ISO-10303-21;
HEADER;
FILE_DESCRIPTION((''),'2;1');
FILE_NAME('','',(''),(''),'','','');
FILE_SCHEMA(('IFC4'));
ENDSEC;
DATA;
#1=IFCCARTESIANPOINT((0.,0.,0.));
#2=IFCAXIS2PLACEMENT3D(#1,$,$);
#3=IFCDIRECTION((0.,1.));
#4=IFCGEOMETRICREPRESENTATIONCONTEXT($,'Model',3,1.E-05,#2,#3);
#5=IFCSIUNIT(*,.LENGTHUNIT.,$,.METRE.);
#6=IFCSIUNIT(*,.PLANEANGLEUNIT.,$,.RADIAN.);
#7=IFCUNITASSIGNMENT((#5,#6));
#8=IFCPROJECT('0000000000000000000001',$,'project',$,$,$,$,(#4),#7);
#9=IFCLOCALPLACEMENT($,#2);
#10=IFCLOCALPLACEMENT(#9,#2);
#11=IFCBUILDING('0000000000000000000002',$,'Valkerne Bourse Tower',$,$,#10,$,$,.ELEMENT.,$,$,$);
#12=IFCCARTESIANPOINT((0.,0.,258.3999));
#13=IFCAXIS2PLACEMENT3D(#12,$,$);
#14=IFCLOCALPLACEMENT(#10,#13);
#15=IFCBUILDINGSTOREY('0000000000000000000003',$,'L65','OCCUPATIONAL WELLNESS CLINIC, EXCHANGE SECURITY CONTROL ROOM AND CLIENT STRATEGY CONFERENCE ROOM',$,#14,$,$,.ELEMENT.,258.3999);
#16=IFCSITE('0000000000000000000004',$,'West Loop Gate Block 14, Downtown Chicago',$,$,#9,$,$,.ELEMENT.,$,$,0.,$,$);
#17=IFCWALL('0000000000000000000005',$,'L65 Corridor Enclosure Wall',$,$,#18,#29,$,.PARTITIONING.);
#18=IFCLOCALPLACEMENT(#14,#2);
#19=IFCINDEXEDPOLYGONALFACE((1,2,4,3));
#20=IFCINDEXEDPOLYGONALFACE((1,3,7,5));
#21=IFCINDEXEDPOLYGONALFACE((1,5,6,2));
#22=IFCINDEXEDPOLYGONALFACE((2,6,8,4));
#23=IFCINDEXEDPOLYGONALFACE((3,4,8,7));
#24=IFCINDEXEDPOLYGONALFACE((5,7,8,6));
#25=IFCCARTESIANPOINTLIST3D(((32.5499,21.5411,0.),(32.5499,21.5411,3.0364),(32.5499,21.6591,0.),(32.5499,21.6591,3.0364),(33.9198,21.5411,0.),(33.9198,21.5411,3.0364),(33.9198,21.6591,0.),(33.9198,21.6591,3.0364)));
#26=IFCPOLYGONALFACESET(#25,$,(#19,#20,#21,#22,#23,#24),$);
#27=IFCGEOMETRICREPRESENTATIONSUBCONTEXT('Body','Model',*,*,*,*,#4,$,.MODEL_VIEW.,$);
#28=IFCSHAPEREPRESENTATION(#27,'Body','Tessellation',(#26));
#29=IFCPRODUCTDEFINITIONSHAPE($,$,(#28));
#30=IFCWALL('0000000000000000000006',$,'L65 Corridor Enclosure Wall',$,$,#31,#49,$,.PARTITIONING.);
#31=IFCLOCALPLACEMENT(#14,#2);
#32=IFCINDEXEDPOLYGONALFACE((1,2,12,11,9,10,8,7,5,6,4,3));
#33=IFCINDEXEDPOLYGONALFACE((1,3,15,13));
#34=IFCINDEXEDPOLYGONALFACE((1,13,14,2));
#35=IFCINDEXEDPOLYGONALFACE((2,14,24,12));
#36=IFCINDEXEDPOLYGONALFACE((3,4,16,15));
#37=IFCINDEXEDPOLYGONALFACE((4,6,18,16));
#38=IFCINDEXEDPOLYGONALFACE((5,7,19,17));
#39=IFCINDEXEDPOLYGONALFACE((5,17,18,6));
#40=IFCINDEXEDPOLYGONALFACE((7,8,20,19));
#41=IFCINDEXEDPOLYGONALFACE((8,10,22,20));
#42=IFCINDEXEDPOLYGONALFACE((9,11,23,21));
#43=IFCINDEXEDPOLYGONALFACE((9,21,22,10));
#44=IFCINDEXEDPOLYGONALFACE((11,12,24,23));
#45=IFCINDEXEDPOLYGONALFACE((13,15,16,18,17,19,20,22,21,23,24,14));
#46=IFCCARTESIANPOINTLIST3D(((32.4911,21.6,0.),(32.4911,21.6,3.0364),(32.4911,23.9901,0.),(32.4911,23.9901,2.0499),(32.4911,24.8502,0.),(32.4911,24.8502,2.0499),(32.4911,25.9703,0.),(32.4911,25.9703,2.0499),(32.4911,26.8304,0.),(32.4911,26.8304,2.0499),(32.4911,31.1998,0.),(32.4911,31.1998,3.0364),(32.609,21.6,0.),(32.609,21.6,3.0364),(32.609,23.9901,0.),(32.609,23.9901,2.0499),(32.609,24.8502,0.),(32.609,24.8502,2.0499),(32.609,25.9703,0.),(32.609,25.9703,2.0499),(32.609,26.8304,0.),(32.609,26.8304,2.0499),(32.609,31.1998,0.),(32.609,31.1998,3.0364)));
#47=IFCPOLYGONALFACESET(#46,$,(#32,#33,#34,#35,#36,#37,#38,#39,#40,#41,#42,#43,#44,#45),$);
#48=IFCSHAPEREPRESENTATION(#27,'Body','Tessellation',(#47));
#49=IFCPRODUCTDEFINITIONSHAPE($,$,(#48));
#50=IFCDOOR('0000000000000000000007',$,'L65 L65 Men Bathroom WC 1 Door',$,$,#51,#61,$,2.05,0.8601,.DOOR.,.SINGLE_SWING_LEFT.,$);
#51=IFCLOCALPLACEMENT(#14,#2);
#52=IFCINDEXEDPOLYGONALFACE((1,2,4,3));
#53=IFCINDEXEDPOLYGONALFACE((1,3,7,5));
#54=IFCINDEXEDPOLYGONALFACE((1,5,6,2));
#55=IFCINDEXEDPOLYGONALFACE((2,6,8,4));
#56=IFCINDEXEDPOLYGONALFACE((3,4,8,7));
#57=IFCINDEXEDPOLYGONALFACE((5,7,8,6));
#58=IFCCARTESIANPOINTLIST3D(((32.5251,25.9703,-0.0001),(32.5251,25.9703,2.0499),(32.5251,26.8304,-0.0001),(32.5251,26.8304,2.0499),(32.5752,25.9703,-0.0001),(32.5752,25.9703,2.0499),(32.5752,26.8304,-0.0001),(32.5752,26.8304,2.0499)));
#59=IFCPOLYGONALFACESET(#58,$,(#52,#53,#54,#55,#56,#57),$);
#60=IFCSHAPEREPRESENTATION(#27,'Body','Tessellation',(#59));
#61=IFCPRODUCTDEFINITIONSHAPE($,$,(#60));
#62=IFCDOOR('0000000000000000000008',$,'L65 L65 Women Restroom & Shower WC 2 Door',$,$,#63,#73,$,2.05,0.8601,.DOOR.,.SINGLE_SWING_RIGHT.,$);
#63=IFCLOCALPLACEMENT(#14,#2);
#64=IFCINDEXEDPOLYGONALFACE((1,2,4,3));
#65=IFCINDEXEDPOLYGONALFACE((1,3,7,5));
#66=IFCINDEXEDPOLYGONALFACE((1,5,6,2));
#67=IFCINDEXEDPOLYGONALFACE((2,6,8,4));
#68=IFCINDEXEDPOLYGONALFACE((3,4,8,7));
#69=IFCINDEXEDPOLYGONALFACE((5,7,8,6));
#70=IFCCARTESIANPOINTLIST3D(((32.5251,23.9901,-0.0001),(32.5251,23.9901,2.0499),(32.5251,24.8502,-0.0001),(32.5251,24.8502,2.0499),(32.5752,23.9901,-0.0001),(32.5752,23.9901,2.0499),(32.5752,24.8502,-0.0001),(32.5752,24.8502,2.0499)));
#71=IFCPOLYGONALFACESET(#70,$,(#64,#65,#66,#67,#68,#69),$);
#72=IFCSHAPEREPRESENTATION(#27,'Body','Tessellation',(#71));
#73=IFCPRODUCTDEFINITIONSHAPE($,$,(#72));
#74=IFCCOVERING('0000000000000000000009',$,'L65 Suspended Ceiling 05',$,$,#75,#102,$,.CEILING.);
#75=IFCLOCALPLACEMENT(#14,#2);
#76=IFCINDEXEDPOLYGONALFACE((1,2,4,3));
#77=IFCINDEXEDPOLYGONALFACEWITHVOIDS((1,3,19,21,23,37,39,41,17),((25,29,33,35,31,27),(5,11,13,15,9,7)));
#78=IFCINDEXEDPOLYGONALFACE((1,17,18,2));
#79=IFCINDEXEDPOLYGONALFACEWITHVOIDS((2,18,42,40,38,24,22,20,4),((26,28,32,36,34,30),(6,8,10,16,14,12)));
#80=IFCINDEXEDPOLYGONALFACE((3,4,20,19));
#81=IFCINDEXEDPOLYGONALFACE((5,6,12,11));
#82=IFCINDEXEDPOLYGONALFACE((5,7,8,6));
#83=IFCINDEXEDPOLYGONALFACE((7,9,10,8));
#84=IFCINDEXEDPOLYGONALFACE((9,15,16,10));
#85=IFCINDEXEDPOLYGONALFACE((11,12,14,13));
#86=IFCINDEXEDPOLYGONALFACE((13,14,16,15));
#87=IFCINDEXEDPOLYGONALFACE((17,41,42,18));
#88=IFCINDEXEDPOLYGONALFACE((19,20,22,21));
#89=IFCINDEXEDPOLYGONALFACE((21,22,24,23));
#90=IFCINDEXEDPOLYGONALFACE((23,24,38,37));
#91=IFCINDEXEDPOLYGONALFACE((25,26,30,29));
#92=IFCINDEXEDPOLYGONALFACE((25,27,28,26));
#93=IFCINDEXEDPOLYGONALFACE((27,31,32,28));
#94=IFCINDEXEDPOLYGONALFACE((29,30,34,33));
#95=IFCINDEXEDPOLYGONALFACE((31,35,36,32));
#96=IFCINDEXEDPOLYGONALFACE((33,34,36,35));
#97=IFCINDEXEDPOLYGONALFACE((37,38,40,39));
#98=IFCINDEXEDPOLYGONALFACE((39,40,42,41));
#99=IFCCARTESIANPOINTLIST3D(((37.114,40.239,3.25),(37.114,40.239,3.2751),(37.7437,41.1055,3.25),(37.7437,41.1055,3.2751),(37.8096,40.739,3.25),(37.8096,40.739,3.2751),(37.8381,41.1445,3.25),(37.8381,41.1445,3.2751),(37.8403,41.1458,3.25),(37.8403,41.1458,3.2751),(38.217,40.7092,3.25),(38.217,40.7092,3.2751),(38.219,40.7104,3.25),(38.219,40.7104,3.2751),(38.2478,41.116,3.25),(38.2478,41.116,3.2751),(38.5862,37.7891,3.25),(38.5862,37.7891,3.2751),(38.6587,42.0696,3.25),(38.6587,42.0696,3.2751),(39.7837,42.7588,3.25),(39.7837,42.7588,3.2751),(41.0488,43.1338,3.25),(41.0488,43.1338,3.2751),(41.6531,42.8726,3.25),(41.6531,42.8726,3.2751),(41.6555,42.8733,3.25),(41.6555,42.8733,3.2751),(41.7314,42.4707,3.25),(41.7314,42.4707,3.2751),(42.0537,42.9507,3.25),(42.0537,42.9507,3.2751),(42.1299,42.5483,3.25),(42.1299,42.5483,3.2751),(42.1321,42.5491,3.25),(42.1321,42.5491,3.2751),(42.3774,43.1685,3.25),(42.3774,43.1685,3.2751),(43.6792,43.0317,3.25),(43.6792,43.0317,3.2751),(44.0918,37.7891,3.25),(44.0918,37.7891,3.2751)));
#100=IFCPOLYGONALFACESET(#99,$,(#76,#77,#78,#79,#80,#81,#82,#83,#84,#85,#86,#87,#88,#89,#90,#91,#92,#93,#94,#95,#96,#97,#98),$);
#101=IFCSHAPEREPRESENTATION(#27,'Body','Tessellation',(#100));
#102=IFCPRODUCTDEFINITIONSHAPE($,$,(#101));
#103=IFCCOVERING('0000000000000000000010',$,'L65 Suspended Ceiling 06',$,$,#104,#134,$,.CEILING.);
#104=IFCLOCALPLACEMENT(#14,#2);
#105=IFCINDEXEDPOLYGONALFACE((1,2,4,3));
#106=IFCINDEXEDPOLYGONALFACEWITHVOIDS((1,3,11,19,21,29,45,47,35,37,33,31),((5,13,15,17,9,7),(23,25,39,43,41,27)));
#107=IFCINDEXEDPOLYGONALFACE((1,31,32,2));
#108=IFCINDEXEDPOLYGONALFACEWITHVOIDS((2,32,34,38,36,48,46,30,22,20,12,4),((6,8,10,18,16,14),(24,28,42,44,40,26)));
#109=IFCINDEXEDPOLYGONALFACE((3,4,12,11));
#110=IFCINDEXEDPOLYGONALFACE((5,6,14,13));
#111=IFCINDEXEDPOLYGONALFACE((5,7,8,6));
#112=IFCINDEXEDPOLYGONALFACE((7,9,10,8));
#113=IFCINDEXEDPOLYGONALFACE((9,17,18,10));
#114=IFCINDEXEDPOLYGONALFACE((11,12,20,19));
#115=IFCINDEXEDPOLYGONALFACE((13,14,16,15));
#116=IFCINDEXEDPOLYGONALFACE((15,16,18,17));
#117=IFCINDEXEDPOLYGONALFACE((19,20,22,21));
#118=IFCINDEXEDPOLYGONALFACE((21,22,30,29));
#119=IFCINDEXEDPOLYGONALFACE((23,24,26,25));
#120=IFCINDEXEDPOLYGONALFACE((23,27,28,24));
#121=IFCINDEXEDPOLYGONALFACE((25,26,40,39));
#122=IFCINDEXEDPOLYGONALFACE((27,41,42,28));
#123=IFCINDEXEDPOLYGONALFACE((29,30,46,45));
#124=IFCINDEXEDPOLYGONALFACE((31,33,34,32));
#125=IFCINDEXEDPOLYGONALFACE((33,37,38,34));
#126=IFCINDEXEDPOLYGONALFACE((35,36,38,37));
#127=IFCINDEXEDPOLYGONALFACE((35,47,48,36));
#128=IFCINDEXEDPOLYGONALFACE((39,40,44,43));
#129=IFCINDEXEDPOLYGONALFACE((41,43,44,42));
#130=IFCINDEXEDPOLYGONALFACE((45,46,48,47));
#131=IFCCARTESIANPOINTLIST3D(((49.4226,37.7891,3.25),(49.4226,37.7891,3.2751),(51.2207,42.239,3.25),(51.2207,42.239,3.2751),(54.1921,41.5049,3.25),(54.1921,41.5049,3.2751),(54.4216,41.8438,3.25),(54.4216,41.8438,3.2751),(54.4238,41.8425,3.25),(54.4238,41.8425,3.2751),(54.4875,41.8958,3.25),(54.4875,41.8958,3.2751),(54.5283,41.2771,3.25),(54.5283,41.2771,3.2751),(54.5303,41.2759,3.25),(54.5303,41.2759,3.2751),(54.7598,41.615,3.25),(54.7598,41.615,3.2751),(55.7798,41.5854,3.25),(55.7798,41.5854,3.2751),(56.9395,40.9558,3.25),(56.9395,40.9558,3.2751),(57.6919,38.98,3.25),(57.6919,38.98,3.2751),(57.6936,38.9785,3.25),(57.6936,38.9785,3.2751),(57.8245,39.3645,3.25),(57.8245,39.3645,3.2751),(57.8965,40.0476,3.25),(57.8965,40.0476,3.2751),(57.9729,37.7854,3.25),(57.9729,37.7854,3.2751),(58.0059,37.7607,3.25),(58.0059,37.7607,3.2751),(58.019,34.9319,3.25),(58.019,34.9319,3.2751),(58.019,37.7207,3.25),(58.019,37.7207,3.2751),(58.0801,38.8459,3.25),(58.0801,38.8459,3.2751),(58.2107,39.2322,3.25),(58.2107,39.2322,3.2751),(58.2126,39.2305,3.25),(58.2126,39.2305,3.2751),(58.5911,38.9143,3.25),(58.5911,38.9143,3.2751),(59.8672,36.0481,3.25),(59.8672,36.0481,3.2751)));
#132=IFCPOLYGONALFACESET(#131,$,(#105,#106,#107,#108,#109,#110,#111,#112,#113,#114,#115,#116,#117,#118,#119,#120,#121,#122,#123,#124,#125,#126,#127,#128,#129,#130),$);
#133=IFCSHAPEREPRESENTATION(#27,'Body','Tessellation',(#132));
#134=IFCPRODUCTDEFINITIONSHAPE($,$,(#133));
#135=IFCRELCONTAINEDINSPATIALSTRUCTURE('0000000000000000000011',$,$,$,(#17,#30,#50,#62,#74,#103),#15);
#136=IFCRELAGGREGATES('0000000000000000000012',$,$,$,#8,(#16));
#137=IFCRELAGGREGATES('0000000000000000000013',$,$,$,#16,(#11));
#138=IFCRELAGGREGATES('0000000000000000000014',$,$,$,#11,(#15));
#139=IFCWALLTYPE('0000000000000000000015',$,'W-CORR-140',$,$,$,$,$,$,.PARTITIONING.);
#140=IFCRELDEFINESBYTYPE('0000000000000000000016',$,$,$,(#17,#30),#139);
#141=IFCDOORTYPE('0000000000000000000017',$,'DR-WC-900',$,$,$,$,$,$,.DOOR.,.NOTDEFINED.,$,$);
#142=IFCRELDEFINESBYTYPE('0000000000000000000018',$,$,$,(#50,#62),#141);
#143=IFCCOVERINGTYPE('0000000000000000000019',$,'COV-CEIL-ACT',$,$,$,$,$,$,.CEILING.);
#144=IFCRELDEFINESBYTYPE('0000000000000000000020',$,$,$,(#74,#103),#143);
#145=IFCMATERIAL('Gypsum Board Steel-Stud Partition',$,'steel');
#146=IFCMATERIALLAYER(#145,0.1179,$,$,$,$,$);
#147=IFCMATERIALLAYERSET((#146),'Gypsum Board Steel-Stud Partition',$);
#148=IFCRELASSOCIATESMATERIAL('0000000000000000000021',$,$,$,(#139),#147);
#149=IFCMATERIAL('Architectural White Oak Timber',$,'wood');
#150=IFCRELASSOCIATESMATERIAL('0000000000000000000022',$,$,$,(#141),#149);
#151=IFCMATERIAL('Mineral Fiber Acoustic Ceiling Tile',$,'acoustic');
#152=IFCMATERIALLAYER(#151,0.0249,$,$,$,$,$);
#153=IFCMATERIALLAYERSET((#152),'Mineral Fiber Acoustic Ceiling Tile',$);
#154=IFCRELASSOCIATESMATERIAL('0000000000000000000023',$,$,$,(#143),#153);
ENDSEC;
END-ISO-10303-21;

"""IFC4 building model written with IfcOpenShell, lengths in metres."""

from ifc_helpers import new_model, si_unit, direction, frame, frame_2d, origin, place, context, subcontext, project, spatial, polyline, rectangle, outline, extrude, material, layer, layer_set, type_object, element, fill, save


model = new_model("IFC4")

# Units and contexts
model_context = context("Model", 3, precision=1e-05, world=origin(), true_north=direction((0.0, 1.0)))
body_context = subcontext(model_context, "Body", "Model", "MODEL_VIEW")
ifc_project = project(units=[si_unit("LENGTHUNIT", "METRE"), si_unit("PLANEANGLEUNIT", "RADIAN")], contexts=[model_context])

# Site, building, storey
site_placement = place(None, origin())
site = spatial("IfcSite", under=ifc_project, at=site_placement, Name="West Loop Gate Block 14, Downtown Chicago", CompositionType="ELEMENT", RefElevation=0.0)
building_placement = place(site_placement, origin())
building = spatial("IfcBuilding", under=site, at=building_placement, Name="Valkerne Bourse Tower", CompositionType="ELEMENT")
storey_placement = place(building_placement, frame((0.0, 0.0, 258.3999)))
storey = spatial("IfcBuildingStorey", under=building, at=storey_placement, Name="L65", Description="OCCUPATIONAL WELLNESS CLINIC, EXCHANGE SECURITY CONTROL ROOM AND CLIENT STRATEGY CONFERENCE ROOM", CompositionType="ELEMENT", Elevation=258.3999)

# Wall
ifc_material_1 = material(Name="Gypsum Board Steel-Stud Partition", Category="steel")
ifc_layer_1 = layer(ifc_material_1, 0.1179)
ifc_layer_set_1 = layer_set([ifc_layer_1], Name="Gypsum Board Steel-Stud Partition")
wall_type = type_object("IfcWallType", Name="W-CORR-140", PredefinedType="PARTITIONING", material=ifc_layer_set_1)
wall_1_placement = place(storey_placement, frame((33.9199, 21.6001, 0.0), z_axis=(0.0, 0.0, 1.0), x_axis=(-1.0, 0.0, 0.0)))
element("IfcWall", 1, at=wall_1_placement, inside=storey, type_object=wall_type, Name="L65 Corridor Enclosure Wall", PredefinedType="PARTITIONING", context=body_context, shape_type="SweptSolid", body=[
    extrude(rectangle(XDim=1.3699, YDim=0.1179, at=frame_2d((0.6851, 0.0))), origin(), (0.0, 0.0, 1.0), 3.0364),
])

# Wall, openings, doors
wall_2_placement = place(storey_placement, frame((32.55, 21.6001, 0.0), z_axis=(0.0, 0.0, 1.0), x_axis=(0.0, 1.0, 0.0)))
wall_2 = element("IfcWall", 2, at=wall_2_placement, inside=storey, type_object=wall_type, Name="L65 Corridor Enclosure Wall", PredefinedType="PARTITIONING", context=body_context, shape_type="SweptSolid", body=[
    extrude(rectangle(XDim=9.5999, YDim=0.1179, at=frame_2d((4.7998, 0.0))), origin(), (0.0, 0.0, 1.0), 3.0364),
])
opening_1_placement = place(wall_2_placement, frame((4.3701, 0.0, 0.0)))
opening_1 = element("IfcOpeningElement", 3, at=opening_1_placement, cuts=wall_2, PredefinedType="OPENING", context=body_context, shape_type="SweptSolid", body=[
    extrude(rectangle(XDim=0.8601, YDim=2.05, at=frame_2d((0.4302, 1.0249))), frame((0.0, 0.0688, 0.0), z_axis=(0.0, -1.0, 0.0), x_axis=(1.0, 0.0, 0.0)), (0.0, 0.0, 1.0), 0.1379),
])
opening_2_placement = place(wall_2_placement, frame((2.3899, 0.0, 0.0)))
opening_2 = element("IfcOpeningElement", 4, at=opening_2_placement, cuts=wall_2, PredefinedType="OPENING", context=body_context, shape_type="SweptSolid", body=[
    extrude(rectangle(XDim=0.8601, YDim=2.05, at=frame_2d((0.4302, 1.0249))), frame((0.0, 0.0688, 0.0), z_axis=(0.0, -1.0, 0.0), x_axis=(1.0, 0.0, 0.0)), (0.0, 0.0, 1.0), 0.1379),
])
ifc_material_2 = material(Name="Architectural White Oak Timber", Category="wood")
door_type = type_object("IfcDoorType", Name="DR-WC-900", OperationType="NOTDEFINED", PredefinedType="DOOR", material=ifc_material_2)
door_1_placement = place(opening_1_placement, origin())
door_1 = element("IfcDoor", 5, at=door_1_placement, inside=storey, type_object=door_type, Name="L65 L65 Men Bathroom WC 1 Door", OperationType="SINGLE_SWING_LEFT", OverallHeight=2.05, OverallWidth=0.8601, PredefinedType="DOOR", context=body_context, shape_type="SweptSolid", body=[
    extrude(rectangle(XDim=0.8601, YDim=2.05, at=frame_2d((0.4302, 1.0249))), frame((0.0, 0.0249, 0.0), z_axis=(0.0, -1.0, 0.0), x_axis=(1.0, 0.0, 0.0)), (0.0, 0.0, 1.0), 0.05),
])
fill(opening_1, door_1)
door_2_placement = place(opening_2_placement, origin())
door_2 = element("IfcDoor", 6, at=door_2_placement, inside=storey, type_object=door_type, Name="L65 L65 Women Restroom & Shower WC 2 Door", OperationType="SINGLE_SWING_RIGHT", OverallHeight=2.05, OverallWidth=0.8601, PredefinedType="DOOR", context=body_context, shape_type="SweptSolid", body=[
    extrude(rectangle(XDim=0.8601, YDim=2.05, at=frame_2d((0.4302, 1.0249))), frame((0.0, 0.0249, 0.0), z_axis=(0.0, -1.0, 0.0), x_axis=(1.0, 0.0, 0.0)), (0.0, 0.0, 1.0), 0.05),
])
fill(opening_2, door_2)

# Coverings
ifc_material_3 = material(Name="Mineral Fiber Acoustic Ceiling Tile", Category="acoustic")
ifc_layer_2 = layer(ifc_material_3, 0.0249)
ifc_layer_set_2 = layer_set([ifc_layer_2], Name="Mineral Fiber Acoustic Ceiling Tile")
covering_type_1 = type_object("IfcCoveringType", Name="COV-CEIL-ACT", PredefinedType="CEILING", material=ifc_layer_set_2)
covering_1_placement = place(storey_placement, frame((0.0, 0.0, 3.25)))
element("IfcCovering", 7, at=covering_1_placement, inside=storey, type_object=covering_type_1, Name="L65 Suspended Ceiling 05", PredefinedType="CEILING", context=body_context, shape_type="SweptSolid", body=[
    extrude(outline(polyline([(39.7837, 42.7588), (41.0488, 43.1338), (42.3774, 43.1685), (43.6792, 43.0317), (44.0918, 37.7891), (38.5862, 37.7891), (37.114, 40.239), (37.7437, 41.1055), (38.6587, 42.0696), (39.7837, 42.7588)]), holes=[polyline([(38.219, 40.7104), (38.2478, 41.116), (37.8403, 41.1458), (37.8381, 41.1445), (37.8096, 40.739), (38.217, 40.7092), (38.219, 40.7104)]), polyline([(42.1321, 42.5491), (42.0537, 42.9507), (41.6555, 42.8733), (41.6531, 42.8726), (41.7314, 42.4707), (42.1299, 42.5483), (42.1321, 42.5491)])]), origin(), (0.0, 0.0, 1.0), 0.0251),
])
covering_2_placement = place(storey_placement, frame((0.0, 0.0, 3.25)))
element("IfcCovering", 8, at=covering_2_placement, inside=storey, type_object=covering_type_1, Name="L65 Suspended Ceiling 06", PredefinedType="CEILING", context=body_context, shape_type="SweptSolid", body=[
    extrude(outline(polyline([(56.9395, 40.9558), (57.8965, 40.0476), (58.5911, 38.9143), (59.8672, 36.0481), (58.019, 34.9319), (58.019, 37.7207), (58.0059, 37.7607), (57.9729, 37.7854), (49.4226, 37.7891), (51.2207, 42.239), (54.4875, 41.8958), (55.7798, 41.5854), (56.9395, 40.9558)]), holes=[polyline([(58.2107, 39.2322), (57.8245, 39.3645), (57.6919, 38.98), (57.6936, 38.9785), (58.0801, 38.8459), (58.2126, 39.2305), (58.2107, 39.2322)]), polyline([(54.4238, 41.8425), (54.4216, 41.8438), (54.1921, 41.5049), (54.5283, 41.2771), (54.5303, 41.2759), (54.7598, 41.615), (54.4238, 41.8425)])]), origin(), (0.0, 0.0, 1.0), 0.0251),
])

save(model, "model.ifc")
